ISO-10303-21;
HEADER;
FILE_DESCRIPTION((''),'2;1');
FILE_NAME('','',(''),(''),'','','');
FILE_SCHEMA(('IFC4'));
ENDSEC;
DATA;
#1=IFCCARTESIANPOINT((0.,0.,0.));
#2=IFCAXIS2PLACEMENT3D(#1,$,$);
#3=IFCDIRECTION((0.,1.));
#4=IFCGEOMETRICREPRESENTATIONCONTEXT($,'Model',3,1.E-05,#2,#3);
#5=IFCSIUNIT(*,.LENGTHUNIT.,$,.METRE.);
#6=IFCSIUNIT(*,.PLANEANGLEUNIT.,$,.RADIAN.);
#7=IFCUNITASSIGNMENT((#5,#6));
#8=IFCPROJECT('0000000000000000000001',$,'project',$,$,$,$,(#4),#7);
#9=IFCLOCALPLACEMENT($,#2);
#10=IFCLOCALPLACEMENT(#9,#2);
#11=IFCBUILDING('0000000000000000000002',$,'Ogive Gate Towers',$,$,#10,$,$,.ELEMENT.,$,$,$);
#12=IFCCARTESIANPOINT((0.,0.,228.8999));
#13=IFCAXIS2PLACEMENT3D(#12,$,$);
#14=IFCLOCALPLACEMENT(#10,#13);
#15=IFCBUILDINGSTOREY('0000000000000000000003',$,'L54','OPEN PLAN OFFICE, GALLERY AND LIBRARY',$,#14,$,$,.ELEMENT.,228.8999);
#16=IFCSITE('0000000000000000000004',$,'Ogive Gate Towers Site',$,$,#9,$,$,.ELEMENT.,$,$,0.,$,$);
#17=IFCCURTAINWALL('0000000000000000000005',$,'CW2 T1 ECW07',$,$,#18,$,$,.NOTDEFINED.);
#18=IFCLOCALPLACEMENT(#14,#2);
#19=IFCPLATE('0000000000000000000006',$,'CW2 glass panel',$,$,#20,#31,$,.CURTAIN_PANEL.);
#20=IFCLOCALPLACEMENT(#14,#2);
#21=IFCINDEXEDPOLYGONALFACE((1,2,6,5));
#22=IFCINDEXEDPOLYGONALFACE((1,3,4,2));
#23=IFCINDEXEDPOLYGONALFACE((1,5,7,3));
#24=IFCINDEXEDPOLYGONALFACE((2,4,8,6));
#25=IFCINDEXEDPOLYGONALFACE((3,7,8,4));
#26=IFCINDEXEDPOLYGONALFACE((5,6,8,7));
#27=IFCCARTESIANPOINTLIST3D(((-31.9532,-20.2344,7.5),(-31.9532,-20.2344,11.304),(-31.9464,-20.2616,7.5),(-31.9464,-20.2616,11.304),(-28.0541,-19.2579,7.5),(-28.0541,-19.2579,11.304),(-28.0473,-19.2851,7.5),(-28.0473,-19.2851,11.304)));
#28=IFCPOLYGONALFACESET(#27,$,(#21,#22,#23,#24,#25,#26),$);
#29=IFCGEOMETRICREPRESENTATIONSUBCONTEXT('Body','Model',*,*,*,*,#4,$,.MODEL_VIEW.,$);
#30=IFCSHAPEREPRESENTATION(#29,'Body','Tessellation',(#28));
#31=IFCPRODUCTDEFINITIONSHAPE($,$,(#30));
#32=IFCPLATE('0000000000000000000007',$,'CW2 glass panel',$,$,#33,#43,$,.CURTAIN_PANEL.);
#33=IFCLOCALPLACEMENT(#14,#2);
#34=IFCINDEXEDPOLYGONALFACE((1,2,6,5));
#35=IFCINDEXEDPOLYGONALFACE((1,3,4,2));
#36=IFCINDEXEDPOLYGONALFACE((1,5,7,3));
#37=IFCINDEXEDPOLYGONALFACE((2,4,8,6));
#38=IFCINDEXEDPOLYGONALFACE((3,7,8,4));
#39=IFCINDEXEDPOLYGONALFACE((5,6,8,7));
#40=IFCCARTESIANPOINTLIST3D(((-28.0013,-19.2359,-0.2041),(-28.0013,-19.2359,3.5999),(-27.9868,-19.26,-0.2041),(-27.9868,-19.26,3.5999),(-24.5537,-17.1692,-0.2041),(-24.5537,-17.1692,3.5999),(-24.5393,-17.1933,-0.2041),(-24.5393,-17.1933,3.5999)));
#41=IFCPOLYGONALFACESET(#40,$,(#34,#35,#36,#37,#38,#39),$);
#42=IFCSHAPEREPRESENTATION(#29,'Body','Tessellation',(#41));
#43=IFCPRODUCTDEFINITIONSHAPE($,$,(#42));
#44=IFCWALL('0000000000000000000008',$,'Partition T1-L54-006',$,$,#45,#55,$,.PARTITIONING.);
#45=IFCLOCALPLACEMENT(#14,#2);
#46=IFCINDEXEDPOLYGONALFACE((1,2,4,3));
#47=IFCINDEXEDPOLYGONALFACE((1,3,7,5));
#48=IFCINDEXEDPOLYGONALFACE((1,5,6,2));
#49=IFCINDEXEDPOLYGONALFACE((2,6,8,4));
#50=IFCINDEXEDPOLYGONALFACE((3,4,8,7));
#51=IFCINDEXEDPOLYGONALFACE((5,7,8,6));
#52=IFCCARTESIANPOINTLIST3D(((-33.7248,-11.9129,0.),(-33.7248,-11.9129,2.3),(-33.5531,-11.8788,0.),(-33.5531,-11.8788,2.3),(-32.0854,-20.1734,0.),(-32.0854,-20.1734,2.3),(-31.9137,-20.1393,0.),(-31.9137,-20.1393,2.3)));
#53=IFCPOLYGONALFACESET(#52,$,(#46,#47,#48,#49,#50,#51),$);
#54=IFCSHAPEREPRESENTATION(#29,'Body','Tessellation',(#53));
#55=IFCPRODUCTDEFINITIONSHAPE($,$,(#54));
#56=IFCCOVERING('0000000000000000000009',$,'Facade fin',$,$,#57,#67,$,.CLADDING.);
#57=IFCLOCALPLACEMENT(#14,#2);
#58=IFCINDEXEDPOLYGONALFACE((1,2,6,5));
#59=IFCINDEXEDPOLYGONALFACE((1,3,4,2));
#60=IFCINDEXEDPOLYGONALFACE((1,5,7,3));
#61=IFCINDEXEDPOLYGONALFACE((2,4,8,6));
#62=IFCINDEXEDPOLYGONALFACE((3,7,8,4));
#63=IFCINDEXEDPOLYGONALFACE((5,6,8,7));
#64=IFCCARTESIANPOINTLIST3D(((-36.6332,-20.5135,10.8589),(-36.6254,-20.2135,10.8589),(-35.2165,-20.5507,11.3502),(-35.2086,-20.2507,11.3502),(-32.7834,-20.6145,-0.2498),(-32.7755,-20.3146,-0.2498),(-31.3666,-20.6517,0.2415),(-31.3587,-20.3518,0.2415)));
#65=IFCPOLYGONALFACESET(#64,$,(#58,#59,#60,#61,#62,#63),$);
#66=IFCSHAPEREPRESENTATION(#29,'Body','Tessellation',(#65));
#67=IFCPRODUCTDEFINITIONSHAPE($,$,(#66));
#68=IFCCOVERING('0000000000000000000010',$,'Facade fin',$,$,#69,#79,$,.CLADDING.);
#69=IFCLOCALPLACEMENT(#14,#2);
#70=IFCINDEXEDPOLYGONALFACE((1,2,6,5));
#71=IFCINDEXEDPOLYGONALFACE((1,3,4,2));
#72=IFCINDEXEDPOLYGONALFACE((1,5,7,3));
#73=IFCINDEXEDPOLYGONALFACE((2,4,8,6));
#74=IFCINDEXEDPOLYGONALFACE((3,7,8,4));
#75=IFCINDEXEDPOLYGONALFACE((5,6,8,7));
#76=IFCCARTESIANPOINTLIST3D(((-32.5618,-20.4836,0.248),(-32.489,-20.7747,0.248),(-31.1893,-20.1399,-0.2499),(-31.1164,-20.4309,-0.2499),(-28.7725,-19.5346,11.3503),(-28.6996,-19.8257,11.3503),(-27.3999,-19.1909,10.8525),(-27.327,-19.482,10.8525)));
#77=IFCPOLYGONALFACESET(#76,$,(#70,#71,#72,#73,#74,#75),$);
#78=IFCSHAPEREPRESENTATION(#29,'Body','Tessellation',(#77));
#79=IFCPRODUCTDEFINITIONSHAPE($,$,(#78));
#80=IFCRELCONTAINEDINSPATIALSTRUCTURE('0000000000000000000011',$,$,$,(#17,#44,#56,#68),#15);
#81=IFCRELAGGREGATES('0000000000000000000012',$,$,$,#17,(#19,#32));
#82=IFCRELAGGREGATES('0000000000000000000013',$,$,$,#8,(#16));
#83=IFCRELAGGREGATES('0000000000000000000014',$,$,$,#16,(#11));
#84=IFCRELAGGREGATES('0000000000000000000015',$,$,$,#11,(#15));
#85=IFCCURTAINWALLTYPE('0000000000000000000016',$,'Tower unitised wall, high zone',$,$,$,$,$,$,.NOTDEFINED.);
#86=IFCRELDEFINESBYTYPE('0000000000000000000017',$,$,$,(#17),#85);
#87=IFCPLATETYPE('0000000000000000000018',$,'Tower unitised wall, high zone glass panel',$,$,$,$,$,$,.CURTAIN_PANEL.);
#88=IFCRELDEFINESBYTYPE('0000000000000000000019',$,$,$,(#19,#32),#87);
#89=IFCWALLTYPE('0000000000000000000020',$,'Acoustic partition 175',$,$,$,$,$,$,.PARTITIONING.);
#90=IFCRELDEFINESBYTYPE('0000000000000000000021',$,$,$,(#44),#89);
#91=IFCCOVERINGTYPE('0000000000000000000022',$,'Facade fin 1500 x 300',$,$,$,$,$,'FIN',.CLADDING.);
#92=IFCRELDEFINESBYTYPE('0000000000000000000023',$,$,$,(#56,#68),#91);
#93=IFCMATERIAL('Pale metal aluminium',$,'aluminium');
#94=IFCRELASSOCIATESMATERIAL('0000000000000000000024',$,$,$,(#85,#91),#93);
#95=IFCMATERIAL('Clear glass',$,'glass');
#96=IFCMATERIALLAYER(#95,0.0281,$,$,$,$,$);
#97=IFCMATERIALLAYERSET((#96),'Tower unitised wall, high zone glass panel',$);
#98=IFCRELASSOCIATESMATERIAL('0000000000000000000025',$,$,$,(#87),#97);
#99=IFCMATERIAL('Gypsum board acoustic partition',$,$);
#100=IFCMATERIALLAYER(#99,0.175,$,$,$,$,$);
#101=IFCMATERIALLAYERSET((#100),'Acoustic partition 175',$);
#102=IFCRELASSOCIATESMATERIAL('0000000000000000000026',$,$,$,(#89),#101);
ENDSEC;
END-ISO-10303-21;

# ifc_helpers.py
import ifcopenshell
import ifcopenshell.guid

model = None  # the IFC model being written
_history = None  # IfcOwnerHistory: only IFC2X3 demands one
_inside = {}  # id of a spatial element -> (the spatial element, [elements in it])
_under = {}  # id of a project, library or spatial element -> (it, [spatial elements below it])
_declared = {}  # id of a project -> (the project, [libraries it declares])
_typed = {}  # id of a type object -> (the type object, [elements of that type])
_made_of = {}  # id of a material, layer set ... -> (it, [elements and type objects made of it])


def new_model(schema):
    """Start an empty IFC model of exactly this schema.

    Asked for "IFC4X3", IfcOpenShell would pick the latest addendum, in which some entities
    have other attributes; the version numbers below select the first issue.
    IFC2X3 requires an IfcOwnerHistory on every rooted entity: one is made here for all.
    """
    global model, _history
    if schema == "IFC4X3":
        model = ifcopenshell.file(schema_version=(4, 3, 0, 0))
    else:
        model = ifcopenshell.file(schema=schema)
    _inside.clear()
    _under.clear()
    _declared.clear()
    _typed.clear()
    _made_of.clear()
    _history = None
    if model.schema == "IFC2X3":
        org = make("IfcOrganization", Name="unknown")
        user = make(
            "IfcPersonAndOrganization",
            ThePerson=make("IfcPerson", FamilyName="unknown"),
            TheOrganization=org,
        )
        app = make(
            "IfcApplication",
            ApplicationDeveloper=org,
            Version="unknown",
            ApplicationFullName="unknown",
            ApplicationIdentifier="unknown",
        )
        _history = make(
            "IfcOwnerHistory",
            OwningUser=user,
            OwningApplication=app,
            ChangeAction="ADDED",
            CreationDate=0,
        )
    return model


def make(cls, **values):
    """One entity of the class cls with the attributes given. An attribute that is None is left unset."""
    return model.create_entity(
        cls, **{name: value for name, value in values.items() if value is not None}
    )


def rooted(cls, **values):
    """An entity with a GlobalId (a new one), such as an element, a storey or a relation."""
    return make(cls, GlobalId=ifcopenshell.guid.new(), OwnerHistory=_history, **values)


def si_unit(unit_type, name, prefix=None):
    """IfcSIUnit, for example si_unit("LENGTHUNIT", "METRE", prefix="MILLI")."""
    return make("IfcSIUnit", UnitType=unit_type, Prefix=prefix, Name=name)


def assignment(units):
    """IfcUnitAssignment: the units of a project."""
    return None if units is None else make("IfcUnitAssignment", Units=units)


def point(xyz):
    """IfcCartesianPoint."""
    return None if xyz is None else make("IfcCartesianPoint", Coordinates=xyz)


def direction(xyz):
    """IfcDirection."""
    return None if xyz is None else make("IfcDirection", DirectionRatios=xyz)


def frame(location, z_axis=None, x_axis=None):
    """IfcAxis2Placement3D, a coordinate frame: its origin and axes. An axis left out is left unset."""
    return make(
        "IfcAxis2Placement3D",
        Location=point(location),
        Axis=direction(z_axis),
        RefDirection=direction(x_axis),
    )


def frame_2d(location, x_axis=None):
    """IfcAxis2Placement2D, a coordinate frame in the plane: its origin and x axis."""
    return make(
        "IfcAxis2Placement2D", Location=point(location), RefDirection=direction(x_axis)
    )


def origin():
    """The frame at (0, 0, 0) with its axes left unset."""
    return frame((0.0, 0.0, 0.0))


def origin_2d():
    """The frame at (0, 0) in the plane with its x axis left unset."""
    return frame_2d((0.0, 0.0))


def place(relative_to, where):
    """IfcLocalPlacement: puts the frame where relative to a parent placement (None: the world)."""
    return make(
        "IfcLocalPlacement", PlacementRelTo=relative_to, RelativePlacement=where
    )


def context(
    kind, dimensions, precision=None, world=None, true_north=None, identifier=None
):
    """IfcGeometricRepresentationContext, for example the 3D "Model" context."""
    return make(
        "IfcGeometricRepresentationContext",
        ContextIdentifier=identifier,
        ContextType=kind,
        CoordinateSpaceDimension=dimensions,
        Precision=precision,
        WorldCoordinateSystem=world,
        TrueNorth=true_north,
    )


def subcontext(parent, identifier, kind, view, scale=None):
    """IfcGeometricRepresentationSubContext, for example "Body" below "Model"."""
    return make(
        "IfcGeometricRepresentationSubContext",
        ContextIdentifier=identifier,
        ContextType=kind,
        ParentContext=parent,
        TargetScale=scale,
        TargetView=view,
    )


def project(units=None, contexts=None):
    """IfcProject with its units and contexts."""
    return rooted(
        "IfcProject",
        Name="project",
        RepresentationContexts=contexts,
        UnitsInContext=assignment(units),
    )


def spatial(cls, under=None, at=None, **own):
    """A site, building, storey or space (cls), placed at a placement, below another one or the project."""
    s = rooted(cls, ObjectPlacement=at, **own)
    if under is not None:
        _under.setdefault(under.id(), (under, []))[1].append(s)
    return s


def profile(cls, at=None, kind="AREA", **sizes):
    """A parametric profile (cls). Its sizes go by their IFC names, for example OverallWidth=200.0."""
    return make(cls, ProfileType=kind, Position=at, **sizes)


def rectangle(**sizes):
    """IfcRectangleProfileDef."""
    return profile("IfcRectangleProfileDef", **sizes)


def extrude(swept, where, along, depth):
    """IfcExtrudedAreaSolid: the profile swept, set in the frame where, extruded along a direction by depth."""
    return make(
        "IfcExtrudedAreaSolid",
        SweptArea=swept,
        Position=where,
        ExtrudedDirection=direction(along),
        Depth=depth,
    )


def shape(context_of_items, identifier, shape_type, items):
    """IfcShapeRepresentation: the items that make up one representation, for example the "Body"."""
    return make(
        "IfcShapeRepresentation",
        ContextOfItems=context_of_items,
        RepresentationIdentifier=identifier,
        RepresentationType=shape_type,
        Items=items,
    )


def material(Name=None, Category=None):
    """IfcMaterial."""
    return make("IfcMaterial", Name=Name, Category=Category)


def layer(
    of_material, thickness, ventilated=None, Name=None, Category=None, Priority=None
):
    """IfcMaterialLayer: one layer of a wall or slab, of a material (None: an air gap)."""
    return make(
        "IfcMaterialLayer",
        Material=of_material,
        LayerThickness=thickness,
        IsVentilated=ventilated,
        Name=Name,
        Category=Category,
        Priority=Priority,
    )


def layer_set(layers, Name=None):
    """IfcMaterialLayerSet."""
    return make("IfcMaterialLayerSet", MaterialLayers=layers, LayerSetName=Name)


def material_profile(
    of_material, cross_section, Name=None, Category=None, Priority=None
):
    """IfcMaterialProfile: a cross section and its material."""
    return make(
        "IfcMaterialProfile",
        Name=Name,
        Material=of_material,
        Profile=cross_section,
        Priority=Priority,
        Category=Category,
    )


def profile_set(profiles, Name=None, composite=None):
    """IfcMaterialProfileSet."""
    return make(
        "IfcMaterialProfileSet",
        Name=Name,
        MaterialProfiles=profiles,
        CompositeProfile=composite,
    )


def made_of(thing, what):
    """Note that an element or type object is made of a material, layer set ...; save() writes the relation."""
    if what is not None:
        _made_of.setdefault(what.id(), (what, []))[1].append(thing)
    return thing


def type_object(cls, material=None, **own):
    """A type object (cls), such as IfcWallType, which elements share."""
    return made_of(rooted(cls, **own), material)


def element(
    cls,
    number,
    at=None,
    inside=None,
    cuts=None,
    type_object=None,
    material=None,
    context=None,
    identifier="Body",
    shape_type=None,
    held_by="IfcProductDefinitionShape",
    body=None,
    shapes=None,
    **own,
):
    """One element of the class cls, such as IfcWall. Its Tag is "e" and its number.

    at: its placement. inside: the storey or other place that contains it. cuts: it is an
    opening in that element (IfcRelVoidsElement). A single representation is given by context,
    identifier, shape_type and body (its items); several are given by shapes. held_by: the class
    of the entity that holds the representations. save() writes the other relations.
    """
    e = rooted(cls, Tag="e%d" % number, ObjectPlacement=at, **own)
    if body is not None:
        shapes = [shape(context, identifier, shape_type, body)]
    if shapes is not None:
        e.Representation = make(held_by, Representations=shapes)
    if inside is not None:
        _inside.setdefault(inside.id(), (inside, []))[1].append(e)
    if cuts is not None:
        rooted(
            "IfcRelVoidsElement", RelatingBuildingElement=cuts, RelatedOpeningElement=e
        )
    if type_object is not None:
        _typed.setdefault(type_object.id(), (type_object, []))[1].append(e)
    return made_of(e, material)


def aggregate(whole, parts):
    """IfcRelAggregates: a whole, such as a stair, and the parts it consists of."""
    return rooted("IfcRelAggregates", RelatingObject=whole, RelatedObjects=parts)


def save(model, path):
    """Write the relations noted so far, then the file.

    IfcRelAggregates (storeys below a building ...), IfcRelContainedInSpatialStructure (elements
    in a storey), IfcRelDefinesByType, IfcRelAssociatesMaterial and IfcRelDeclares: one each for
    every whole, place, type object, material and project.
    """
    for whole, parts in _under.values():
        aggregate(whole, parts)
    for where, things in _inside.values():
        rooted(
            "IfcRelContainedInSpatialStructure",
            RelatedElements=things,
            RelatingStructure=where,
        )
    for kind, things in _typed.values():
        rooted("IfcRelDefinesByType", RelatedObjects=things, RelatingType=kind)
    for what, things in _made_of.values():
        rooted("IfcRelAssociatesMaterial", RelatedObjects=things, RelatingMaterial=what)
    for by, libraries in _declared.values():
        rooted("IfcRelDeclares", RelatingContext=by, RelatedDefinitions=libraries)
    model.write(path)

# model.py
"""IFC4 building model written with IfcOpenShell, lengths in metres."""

from ifc_helpers import new_model, si_unit, direction, frame, frame_2d, origin, origin_2d, place, context, subcontext, project, spatial, rectangle, extrude, material, layer, layer_set, material_profile, profile_set, type_object, element, aggregate, save


model = new_model("IFC4")

# Units and contexts
model_context = context("Model", 3, precision=1e-05, world=origin(), true_north=direction((0.0, 1.0)))
body_context = subcontext(model_context, "Body", "Model", "MODEL_VIEW")
ifc_project = project(units=[si_unit("LENGTHUNIT", "METRE"), si_unit("PLANEANGLEUNIT", "RADIAN")], contexts=[model_context])

# Site, building, storey
site_placement = place(None, origin())
site = spatial("IfcSite", under=ifc_project, at=site_placement, Name="Ogive Gate Towers Site", CompositionType="ELEMENT", RefElevation=0.0)
building_placement = place(site_placement, origin())
building = spatial("IfcBuilding", under=site, at=building_placement, Name="Ogive Gate Towers", CompositionType="ELEMENT")
storey_placement = place(building_placement, frame((0.0, 0.0, 228.8999)))
storey = spatial("IfcBuildingStorey", under=building, at=storey_placement, Name="L54", Description="OPEN PLAN OFFICE, GALLERY AND LIBRARY", CompositionType="ELEMENT", Elevation=228.8999)

# Curtain wall, plates
ifc_material_1 = material(Name="Pale metal aluminium", Category="aluminium")
curtain_wall_type = type_object("IfcCurtainWallType", Name="Tower unitised wall, high zone", PredefinedType="NOTDEFINED", material=ifc_material_1)
curtain_wall_placement = place(storey_placement, origin())
curtain_wall = element("IfcCurtainWall", 1, at=curtain_wall_placement, inside=storey, type_object=curtain_wall_type, Name="CW2 T1 ECW07", PredefinedType="NOTDEFINED")
ifc_material_2 = material(Name="Clear glass", Category="glass")
ifc_layer_1 = layer(ifc_material_2, 0.0281)
ifc_layer_set_1 = layer_set([ifc_layer_1], Name="Tower unitised wall, high zone glass panel")
plate_type = type_object("IfcPlateType", Name="Tower unitised wall, high zone glass panel", PredefinedType="CURTAIN_PANEL", material=ifc_layer_set_1)
plate_1_placement = place(storey_placement, frame((-30.0002, -19.7598, 7.5), z_axis=(0.0, 0.0, 1.0), x_axis=(0.970042, 0.242938, 0.0)))
plate_1 = element("IfcPlate", 2, at=plate_1_placement, type_object=plate_type, Name="CW2 glass panel", PredefinedType="CURTAIN_PANEL", context=body_context, shape_type="SweptSolid", body=[
    extrude(rectangle(XDim=4.0195, YDim=0.0281, at=origin_2d()), origin(), (0.0, 0.0, 1.0), 3.804),
])
plate_2_placement = place(storey_placement, frame((-26.2703, -18.2146, -0.2041), z_axis=(0.0, 0.0, 1.0), x_axis=(0.857697, 0.514155, 0.0)))
plate_2 = element("IfcPlate", 3, at=plate_2_placement, type_object=plate_type, Name="CW2 glass panel", PredefinedType="CURTAIN_PANEL", context=body_context, shape_type="SweptSolid", body=[
    extrude(rectangle(XDim=4.0195, YDim=0.0281, at=origin_2d()), origin(), (0.0, 0.0, 1.0), 3.804),
])
aggregate(curtain_wall, [plate_1, plate_2])

# Wall
ifc_material_3 = material(Name="Gypsum board acoustic partition")
ifc_layer_2 = layer(ifc_material_3, 0.175)
ifc_layer_set_2 = layer_set([ifc_layer_2], Name="Acoustic partition 175")
wall_type = type_object("IfcWallType", Name="Acoustic partition 175", PredefinedType="PARTITIONING", material=ifc_layer_set_2)
wall_placement = place(storey_placement, frame((-31.9995, -20.1565, 0.0), z_axis=(0.0, 0.0, 1.0), x_axis=(-0.194666, 0.98087, 0.0)))
element("IfcWall", 4, at=wall_placement, inside=storey, type_object=wall_type, Name="Partition T1-L54-006", PredefinedType="PARTITIONING", context=body_context, shape_type="SweptSolid", body=[
    extrude(rectangle(XDim=8.4216, YDim=0.175, at=frame_2d((4.2109, 0.0))), origin(), (0.0, 0.0, 1.0), 2.3),
])

# Coverings
ifc_material_profile_1 = material_profile(ifc_material_1, rectangle(XDim=0.3, YDim=1.5, at=origin_2d()), Name="1500 x 300 pale metal aluminium")
ifc_profile_set_1 = profile_set([ifc_material_profile_1], Name="Pale metal aluminium")
covering_type = type_object("IfcCoveringType", Name="Facade fin 1500 x 300", ElementType="FIN", PredefinedType="CLADDING", material=ifc_profile_set_1)
covering_1_placement = place(storey_placement, frame((-32.071, -20.4832, -0.0042), z_axis=(-0.327444, 0.008597, 0.944831), x_axis=(-0.026245, -0.999656, 0.0)))
element("IfcCovering", 5, at=covering_1_placement, inside=storey, type_object=covering_type, Name="Facade fin", PredefinedType="CLADDING", context=body_context, shape_type="SweptSolid", body=[
    extrude(rectangle(XDim=0.3, YDim=1.5, at=origin_2d()), origin(), (0.0, 0.0, 1.0), 11.7573),
])
covering_2_placement = place(storey_placement, frame((-31.8391, -20.4573, -0.001), z_axis=(0.321961, 0.08063, 0.943313), x_axis=(-0.242933, 0.970043, 0.0)))
element("IfcCovering", 6, at=covering_2_placement, inside=storey, type_object=covering_type, Name="Facade fin", PredefinedType="CLADDING", context=body_context, shape_type="SweptSolid", body=[
    extrude(rectangle(XDim=0.3, YDim=1.5, at=origin_2d()), origin(), (0.0, 0.0, 1.0), 11.7695),
])

save(model, "model.ifc")
